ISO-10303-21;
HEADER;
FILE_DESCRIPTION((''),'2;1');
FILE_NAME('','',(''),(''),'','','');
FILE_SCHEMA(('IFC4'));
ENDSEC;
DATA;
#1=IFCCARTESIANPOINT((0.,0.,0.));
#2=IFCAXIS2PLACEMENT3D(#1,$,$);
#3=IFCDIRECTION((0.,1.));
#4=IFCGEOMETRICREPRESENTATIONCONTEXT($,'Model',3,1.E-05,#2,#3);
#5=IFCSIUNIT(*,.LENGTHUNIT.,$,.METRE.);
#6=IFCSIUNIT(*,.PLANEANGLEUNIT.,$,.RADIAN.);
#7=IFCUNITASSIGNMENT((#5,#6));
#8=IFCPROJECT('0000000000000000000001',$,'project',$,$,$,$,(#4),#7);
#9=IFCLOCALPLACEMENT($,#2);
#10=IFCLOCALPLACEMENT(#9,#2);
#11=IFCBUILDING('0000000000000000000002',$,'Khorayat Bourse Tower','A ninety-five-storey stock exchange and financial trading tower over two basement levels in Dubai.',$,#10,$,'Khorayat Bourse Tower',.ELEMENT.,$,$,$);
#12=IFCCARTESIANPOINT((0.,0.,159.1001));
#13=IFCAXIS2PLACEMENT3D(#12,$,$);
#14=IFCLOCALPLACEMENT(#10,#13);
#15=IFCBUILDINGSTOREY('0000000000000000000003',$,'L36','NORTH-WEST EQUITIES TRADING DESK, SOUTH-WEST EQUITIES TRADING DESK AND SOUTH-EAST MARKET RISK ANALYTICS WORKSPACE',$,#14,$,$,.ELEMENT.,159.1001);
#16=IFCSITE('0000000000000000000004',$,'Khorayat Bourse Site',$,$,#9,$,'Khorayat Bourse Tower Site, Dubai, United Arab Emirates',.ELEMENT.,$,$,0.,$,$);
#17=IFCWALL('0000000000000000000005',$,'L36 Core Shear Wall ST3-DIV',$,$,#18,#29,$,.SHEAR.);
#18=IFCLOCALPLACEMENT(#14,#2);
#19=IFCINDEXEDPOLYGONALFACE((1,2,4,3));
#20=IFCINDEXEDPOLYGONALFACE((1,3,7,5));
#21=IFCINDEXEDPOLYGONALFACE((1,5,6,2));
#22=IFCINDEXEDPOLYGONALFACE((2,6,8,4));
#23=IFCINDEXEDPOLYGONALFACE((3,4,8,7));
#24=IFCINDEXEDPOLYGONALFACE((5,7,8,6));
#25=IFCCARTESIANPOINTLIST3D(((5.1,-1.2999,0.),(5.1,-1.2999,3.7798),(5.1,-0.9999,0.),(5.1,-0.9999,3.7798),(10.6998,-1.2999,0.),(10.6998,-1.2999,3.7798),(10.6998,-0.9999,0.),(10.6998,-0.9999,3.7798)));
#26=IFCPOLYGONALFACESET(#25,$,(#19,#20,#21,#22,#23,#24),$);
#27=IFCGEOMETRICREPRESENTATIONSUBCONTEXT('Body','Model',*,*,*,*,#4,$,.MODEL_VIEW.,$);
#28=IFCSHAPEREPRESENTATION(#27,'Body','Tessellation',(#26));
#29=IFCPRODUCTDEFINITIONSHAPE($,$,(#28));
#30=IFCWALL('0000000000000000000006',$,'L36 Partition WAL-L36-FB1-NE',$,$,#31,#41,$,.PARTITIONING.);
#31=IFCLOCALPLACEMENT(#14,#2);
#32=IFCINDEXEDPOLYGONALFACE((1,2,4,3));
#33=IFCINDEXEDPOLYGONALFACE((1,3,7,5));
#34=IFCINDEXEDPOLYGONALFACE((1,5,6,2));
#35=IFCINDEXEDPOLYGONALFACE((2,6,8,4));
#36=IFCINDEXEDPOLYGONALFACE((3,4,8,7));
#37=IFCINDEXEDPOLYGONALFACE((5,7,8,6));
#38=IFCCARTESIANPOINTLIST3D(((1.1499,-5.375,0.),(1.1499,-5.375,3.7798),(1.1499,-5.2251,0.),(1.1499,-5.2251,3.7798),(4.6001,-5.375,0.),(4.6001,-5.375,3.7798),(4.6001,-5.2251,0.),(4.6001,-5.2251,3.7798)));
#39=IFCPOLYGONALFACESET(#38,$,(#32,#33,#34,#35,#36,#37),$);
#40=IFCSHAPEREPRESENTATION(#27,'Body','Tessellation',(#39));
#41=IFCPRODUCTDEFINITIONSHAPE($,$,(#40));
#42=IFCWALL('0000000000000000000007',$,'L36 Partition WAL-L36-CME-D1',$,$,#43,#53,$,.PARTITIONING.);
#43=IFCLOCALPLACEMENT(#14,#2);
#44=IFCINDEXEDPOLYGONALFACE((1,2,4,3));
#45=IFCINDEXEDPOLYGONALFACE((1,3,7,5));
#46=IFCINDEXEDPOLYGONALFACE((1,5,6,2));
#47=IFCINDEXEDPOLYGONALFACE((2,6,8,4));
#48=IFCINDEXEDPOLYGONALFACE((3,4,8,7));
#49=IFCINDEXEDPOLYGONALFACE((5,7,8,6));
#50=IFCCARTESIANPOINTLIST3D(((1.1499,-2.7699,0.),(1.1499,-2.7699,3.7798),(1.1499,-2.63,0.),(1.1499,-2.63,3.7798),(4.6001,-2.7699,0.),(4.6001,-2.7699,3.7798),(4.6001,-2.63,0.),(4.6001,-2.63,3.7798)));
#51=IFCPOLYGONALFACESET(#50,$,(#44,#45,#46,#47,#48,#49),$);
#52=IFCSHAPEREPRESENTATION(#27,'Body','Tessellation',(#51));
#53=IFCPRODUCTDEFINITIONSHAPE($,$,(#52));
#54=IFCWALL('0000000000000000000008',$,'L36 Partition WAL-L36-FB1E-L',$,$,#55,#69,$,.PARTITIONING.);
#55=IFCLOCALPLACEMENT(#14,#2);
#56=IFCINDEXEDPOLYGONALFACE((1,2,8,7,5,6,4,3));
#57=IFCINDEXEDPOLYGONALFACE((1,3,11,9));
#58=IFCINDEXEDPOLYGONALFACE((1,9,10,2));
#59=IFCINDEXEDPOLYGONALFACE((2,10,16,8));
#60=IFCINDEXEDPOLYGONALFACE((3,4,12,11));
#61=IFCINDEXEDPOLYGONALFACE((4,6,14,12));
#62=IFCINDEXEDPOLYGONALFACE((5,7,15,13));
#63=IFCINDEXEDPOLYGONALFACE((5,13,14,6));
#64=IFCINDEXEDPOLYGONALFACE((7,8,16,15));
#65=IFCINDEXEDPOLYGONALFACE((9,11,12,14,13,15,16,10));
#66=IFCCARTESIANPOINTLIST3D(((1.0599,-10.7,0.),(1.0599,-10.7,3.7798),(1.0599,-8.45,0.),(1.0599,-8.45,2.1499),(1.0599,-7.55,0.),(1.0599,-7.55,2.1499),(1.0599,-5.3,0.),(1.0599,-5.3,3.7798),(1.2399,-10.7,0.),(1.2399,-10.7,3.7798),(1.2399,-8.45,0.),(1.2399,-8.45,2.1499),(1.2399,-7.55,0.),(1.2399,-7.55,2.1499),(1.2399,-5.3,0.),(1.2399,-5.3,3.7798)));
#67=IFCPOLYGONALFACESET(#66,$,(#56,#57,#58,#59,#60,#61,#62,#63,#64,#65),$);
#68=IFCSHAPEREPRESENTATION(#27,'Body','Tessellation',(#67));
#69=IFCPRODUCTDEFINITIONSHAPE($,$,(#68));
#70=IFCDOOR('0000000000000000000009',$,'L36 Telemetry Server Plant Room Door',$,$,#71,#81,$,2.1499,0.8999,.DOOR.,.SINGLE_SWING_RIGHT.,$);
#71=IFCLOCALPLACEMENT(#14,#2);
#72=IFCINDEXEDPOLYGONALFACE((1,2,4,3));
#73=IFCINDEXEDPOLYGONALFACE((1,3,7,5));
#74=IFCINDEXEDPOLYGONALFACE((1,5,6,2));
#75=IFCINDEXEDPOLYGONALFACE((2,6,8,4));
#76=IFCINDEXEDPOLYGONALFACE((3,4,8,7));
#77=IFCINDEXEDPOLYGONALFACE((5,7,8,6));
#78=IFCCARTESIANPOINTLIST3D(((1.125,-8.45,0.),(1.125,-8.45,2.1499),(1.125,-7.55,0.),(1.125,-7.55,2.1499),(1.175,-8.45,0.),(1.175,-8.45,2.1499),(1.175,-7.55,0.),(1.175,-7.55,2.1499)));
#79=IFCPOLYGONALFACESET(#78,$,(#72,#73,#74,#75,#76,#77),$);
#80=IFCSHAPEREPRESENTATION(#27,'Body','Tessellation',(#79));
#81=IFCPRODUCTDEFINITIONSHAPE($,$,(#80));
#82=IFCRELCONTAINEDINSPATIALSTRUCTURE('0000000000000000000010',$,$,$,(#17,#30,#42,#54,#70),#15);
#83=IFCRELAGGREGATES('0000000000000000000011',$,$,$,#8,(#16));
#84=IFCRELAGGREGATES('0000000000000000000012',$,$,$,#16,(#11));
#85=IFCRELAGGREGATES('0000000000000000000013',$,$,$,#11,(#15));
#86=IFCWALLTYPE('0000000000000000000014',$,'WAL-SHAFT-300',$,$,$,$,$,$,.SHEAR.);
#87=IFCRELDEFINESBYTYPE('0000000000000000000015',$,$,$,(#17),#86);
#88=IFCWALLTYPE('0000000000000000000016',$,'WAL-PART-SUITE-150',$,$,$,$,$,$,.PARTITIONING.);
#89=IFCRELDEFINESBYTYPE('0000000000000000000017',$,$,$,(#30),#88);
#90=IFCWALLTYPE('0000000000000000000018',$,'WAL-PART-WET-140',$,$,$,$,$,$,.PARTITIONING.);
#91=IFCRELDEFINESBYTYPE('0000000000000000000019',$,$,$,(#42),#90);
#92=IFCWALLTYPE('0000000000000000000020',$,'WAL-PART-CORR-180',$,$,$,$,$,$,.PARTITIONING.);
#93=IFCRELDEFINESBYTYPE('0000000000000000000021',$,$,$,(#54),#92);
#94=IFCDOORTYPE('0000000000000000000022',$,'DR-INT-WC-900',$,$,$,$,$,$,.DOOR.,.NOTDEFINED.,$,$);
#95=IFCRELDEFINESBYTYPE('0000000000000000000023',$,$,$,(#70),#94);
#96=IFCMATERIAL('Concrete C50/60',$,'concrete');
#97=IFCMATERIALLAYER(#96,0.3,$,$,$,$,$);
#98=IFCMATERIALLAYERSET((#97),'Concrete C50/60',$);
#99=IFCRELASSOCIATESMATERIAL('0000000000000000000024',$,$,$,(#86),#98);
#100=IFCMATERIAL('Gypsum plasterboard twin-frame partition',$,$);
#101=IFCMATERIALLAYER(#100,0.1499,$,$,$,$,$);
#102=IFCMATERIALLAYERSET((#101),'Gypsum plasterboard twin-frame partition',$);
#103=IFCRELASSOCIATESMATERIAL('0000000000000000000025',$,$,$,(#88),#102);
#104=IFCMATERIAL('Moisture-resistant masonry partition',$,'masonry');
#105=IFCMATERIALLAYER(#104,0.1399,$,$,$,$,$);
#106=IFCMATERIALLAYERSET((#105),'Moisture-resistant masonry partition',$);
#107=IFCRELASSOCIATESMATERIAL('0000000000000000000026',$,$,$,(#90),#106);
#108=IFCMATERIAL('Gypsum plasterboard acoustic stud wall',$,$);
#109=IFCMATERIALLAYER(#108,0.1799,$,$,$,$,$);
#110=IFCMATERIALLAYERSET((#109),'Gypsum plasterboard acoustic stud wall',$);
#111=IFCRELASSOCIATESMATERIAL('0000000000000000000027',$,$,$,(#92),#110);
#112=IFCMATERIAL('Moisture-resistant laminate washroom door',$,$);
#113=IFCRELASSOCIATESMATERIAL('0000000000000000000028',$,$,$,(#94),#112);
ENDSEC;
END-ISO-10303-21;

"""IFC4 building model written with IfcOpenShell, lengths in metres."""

from ifc_helpers import new_model, si_unit, direction, frame, frame_2d, origin, place, context, subcontext, project, spatial, rectangle, extrude, source, transform, mapped, material, layer, layer_set, type_object, element, fill, save


model = new_model("IFC4")

# Units and contexts
model_context = context("Model", 3, precision=1e-05, world=origin(), true_north=direction((0.0, 1.0)))
body_context = subcontext(model_context, "Body", "Model", "MODEL_VIEW")
ifc_project = project(units=[si_unit("LENGTHUNIT", "METRE"), si_unit("PLANEANGLEUNIT", "RADIAN")], contexts=[model_context])

# Site, building, storey
site_placement = place(None, origin())
site = spatial("IfcSite", under=ifc_project, at=site_placement, Name="Khorayat Bourse Site", LongName="Khorayat Bourse Tower Site, Dubai, United Arab Emirates", CompositionType="ELEMENT", RefElevation=0.0)
building_placement = place(site_placement, origin())
building = spatial("IfcBuilding", under=site, at=building_placement, Name="Khorayat Bourse Tower", Description="A ninety-five-storey stock exchange and financial trading tower over two basement levels in Dubai.", LongName="Khorayat Bourse Tower", CompositionType="ELEMENT")
storey_placement = place(building_placement, frame((0.0, 0.0, 159.1001)))
storey = spatial("IfcBuildingStorey", under=building, at=storey_placement, Name="L36", Description="NORTH-WEST EQUITIES TRADING DESK, SOUTH-WEST EQUITIES TRADING DESK AND SOUTH-EAST MARKET RISK ANALYTICS WORKSPACE", CompositionType="ELEMENT", Elevation=159.1001)

# Walls
ifc_material_1 = material(Name="Concrete C50/60", Category="concrete")
ifc_layer_1 = layer(ifc_material_1, 0.3)
ifc_layer_set_1 = layer_set([ifc_layer_1], Name="Concrete C50/60")
wall_type_1 = type_object("IfcWallType", Name="WAL-SHAFT-300", PredefinedType="SHEAR", material=ifc_layer_set_1)
shared_shape_1 = source(origin(), body_context, "Body", "SweptSolid", [
    extrude(rectangle(XDim=5.5999, YDim=0.3, at=frame_2d((2.7998, 0.0))), origin(), (0.0, 0.0, 1.0), 3.7798),
])
wall_1_placement = place(storey_placement, frame((5.1001, -1.1499, 0.0), z_axis=(0.0, 0.0, 1.0), x_axis=(1.0, 0.0, 0.0)))
element("IfcWall", 1, at=wall_1_placement, inside=storey, type_object=wall_type_1, Name="L36 Core Shear Wall ST3-DIV", PredefinedType="SHEAR", context=body_context, shape_type="MappedRepresentation", body=[
    mapped(shared_shape_1, transform((0.0, 0.0, 0.0), scale=1.0)),
])
ifc_material_2 = material(Name="Gypsum plasterboard twin-frame partition")
ifc_layer_2 = layer(ifc_material_2, 0.1499)
ifc_layer_set_2 = layer_set([ifc_layer_2], Name="Gypsum plasterboard twin-frame partition")
wall_type_2 = type_object("IfcWallType", Name="WAL-PART-SUITE-150", PredefinedType="PARTITIONING", material=ifc_layer_set_2)
shared_shape_2 = source(origin(), body_context, "Body", "SweptSolid", [
    extrude(rectangle(XDim=3.4502, YDim=0.1499, at=frame_2d((1.7251, 0.0))), origin(), (0.0, 0.0, 1.0), 3.7798),
])
wall_2_placement = place(storey_placement, frame((1.1499, -5.3, 0.0), z_axis=(0.0, 0.0, 1.0), x_axis=(1.0, 0.0, 0.0)))
element("IfcWall", 2, at=wall_2_placement, inside=storey, type_object=wall_type_2, Name="L36 Partition WAL-L36-FB1-NE", PredefinedType="PARTITIONING", context=body_context, shape_type="MappedRepresentation", body=[
    mapped(shared_shape_2, transform((0.0, 0.0, 0.0), scale=1.0)),
])
ifc_material_3 = material(Name="Moisture-resistant masonry partition", Category="masonry")
ifc_layer_3 = layer(ifc_material_3, 0.1399)
ifc_layer_set_3 = layer_set([ifc_layer_3], Name="Moisture-resistant masonry partition")
wall_type_3 = type_object("IfcWallType", Name="WAL-PART-WET-140", PredefinedType="PARTITIONING", material=ifc_layer_set_3)
shared_shape_3 = source(origin(), body_context, "Body", "SweptSolid", [
    extrude(rectangle(XDim=3.4502, YDim=0.1399, at=frame_2d((1.7251, 0.0))), origin(), (0.0, 0.0, 1.0), 3.7798),
])
wall_3_placement = place(storey_placement, frame((1.1499, -2.7, 0.0), z_axis=(0.0, 0.0, 1.0), x_axis=(1.0, 0.0, 0.0)))
element("IfcWall", 3, at=wall_3_placement, inside=storey, type_object=wall_type_3, Name="L36 Partition WAL-L36-CME-D1", PredefinedType="PARTITIONING", context=body_context, shape_type="MappedRepresentation", body=[
    mapped(shared_shape_3, transform((0.0, 0.0, 0.0), scale=1.0)),
])

# Shared definitions
ifc_material_4 = material(Name="Gypsum plasterboard acoustic stud wall")
ifc_layer_4 = layer(ifc_material_4, 0.1799)
ifc_layer_set_4 = layer_set([ifc_layer_4], Name="Gypsum plasterboard acoustic stud wall")
wall_type_4 = type_object("IfcWallType", Name="WAL-PART-CORR-180", PredefinedType="PARTITIONING", material=ifc_layer_set_4)
shared_shape_4 = source(origin(), body_context, "Body", "SweptSolid", [
    extrude(rectangle(XDim=5.3999, YDim=0.1799, at=frame_2d((2.7, 0.0))), origin(), (0.0, 0.0, 1.0), 3.7798),
])
shared_shape_5 = source(origin(), body_context, "Body", "SweptSolid", [
    extrude(rectangle(XDim=0.8999, YDim=2.1499, at=frame_2d((0.45, 1.075))), frame((0.0, 0.0999, 0.0), z_axis=(0.0, -1.0, 0.0), x_axis=(1.0, 0.0, 0.0)), (0.0, 0.0, 1.0), 0.2),
])
ifc_material_5 = material(Name="Moisture-resistant laminate washroom door")
door_type = type_object("IfcDoorType", Name="DR-INT-WC-900", OperationType="NOTDEFINED", PredefinedType="DOOR", material=ifc_material_5)
shared_shape_6 = source(origin(), body_context, "Body", "SweptSolid", [
    extrude(rectangle(XDim=0.8999, YDim=2.1499, at=frame_2d((0.45, 1.075))), frame((0.0, 0.0249, 0.0), z_axis=(0.0, -1.0, 0.0), x_axis=(1.0, 0.0, 0.0)), (0.0, 0.0, 1.0), 0.05),
])

# Wall, opening, door
wall_4_placement = place(storey_placement, frame((1.1499, -10.7, 0.0), z_axis=(0.0, 0.0, 1.0), x_axis=(0.0, 1.0, 0.0)))
wall_4 = element("IfcWall", 4, at=wall_4_placement, inside=storey, type_object=wall_type_4, Name="L36 Partition WAL-L36-FB1E-L", PredefinedType="PARTITIONING", context=body_context, shape_type="MappedRepresentation", body=[
    mapped(shared_shape_4, transform((0.0, 0.0, 0.0), scale=1.0)),
])
opening_1_placement = place(wall_4_placement, frame((2.25, 0.0, 0.0)))
opening_1 = element("IfcOpeningElement", 5, at=opening_1_placement, cuts=wall_4, PredefinedType="OPENING", context=body_context, shape_type="MappedRepresentation", body=[
    mapped(shared_shape_5, transform((0.0, 0.0, 0.0), scale=1.0)),
])
door_1_placement = place(opening_1_placement, origin())
door_1 = element("IfcDoor", 6, at=door_1_placement, inside=storey, type_object=door_type, Name="L36 Telemetry Server Plant Room Door", OperationType="SINGLE_SWING_RIGHT", OverallHeight=2.1499, OverallWidth=0.8999, PredefinedType="DOOR", context=body_context, shape_type="MappedRepresentation", body=[
    mapped(shared_shape_6, transform((0.0, 0.0, 0.0), scale=1.0)),
])
fill(opening_1, door_1)

save(model, "model.ifc")
